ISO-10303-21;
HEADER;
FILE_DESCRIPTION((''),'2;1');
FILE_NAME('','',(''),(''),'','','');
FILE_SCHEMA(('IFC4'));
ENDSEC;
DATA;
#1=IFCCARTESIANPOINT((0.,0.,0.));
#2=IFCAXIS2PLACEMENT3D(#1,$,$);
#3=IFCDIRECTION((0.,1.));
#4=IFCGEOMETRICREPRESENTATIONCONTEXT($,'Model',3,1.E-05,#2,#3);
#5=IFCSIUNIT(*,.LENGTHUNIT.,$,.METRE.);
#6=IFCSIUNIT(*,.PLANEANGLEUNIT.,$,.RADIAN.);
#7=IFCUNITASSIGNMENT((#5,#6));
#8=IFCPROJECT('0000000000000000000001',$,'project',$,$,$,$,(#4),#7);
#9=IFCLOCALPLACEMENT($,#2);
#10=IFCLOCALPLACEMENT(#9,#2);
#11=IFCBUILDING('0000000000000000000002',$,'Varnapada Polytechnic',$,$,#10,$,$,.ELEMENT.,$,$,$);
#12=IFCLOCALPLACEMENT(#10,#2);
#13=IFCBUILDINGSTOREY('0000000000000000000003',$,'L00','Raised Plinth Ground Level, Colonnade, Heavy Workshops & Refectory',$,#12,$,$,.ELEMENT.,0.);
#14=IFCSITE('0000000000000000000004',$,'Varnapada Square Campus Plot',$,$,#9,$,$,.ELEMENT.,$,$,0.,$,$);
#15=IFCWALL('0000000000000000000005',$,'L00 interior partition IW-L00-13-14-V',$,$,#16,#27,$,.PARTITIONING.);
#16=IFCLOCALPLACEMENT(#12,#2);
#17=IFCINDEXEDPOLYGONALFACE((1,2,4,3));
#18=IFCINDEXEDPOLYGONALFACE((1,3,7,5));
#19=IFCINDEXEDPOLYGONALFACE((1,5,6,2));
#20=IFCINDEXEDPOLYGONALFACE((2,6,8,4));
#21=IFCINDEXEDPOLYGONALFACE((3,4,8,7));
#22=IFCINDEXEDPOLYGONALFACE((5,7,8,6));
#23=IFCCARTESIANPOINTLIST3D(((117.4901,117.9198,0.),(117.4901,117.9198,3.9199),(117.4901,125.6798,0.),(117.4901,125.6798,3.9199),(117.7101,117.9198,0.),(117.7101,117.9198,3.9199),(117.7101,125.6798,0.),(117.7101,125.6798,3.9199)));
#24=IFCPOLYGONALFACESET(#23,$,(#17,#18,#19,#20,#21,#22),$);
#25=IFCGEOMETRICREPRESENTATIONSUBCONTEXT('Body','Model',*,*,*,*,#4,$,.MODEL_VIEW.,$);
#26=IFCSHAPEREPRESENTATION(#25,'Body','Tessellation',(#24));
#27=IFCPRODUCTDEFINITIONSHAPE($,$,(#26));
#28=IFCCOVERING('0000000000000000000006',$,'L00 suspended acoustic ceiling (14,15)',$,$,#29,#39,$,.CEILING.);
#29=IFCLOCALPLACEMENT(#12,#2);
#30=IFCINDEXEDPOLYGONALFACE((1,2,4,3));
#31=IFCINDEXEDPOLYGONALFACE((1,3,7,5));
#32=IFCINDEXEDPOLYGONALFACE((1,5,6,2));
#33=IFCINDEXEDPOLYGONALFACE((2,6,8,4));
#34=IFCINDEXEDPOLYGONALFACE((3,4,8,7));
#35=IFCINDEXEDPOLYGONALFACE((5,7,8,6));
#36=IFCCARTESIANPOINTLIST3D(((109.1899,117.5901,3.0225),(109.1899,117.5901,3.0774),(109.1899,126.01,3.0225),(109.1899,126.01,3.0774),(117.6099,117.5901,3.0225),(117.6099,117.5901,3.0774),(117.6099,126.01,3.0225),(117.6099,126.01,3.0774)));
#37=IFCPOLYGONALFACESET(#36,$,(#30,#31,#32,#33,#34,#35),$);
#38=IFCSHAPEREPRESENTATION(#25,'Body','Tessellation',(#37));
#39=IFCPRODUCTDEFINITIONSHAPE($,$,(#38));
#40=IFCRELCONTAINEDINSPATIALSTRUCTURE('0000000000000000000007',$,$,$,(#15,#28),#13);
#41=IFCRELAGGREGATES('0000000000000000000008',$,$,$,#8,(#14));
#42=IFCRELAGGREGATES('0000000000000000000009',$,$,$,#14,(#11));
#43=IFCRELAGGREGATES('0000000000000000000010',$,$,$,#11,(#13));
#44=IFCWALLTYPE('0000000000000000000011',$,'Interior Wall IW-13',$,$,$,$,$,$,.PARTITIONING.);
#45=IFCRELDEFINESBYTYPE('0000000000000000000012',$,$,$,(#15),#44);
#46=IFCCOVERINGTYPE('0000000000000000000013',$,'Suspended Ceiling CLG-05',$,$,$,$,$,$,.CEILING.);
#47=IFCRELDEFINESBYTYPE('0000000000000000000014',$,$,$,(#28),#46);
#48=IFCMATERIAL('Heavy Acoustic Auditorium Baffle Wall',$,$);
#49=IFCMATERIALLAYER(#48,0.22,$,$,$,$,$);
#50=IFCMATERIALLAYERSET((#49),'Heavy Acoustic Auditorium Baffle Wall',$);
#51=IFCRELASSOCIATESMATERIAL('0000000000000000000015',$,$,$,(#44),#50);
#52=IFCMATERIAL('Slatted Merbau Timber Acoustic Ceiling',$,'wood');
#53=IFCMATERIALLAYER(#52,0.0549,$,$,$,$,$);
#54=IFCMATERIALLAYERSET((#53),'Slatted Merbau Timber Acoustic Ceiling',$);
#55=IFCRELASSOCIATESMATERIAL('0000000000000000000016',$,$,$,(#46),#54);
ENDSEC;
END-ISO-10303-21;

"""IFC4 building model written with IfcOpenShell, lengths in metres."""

from ifc_helpers import new_model, si_unit, direction, frame, frame_2d, origin, origin_2d, place, context, subcontext, project, spatial, rectangle, extrude, material, layer, layer_set, type_object, element, save


model = new_model("IFC4")

# Units and contexts
model_context = context("Model", 3, precision=1e-05, world=origin(), true_north=direction((0.0, 1.0)))
body_context = subcontext(model_context, "Body", "Model", "MODEL_VIEW")
ifc_project = project(units=[si_unit("LENGTHUNIT", "METRE"), si_unit("PLANEANGLEUNIT", "RADIAN")], contexts=[model_context])

# Site, building, storey
site_placement = place(None, origin())
site = spatial("IfcSite", under=ifc_project, at=site_placement, Name="Varnapada Square Campus Plot", CompositionType="ELEMENT", RefElevation=0.0)
building_placement = place(site_placement, origin())
building = spatial("IfcBuilding", under=site, at=building_placement, Name="Varnapada Polytechnic", CompositionType="ELEMENT")
storey_placement = place(building_placement, origin())
storey = spatial("IfcBuildingStorey", under=building, at=storey_placement, Name="L00", Description="Raised Plinth Ground Level, Colonnade, Heavy Workshops & Refectory", CompositionType="ELEMENT", Elevation=0.0)

# Wall
ifc_material_1 = material(Name="Heavy Acoustic Auditorium Baffle Wall")
ifc_layer_1 = layer(ifc_material_1, 0.22)
ifc_layer_set_1 = layer_set([ifc_layer_1], Name="Heavy Acoustic Auditorium Baffle Wall")
wall_type_1 = type_object("IfcWallType", Name="Interior Wall IW-13", PredefinedType="PARTITIONING", material=ifc_layer_set_1)
wall_1_placement = place(storey_placement, frame((117.6001, 117.9199, 0.0), z_axis=(0.0, 0.0, 1.0), x_axis=(0.0, 1.0, 0.0)))
element("IfcWall", 1, at=wall_1_placement, inside=storey, type_object=wall_type_1, Name="L00 interior partition IW-L00-13-14-V", PredefinedType="PARTITIONING", context=body_context, shape_type="SweptSolid", body=[
    extrude(rectangle(XDim=7.76, YDim=0.22, at=frame_2d((3.8799, 0.0))), origin(), (0.0, 0.0, 1.0), 3.9199),
])

# Covering
ifc_material_2 = material(Name="Slatted Merbau Timber Acoustic Ceiling", Category="wood")
ifc_layer_2 = layer(ifc_material_2, 0.0549)
ifc_layer_set_2 = layer_set([ifc_layer_2], Name="Slatted Merbau Timber Acoustic Ceiling")
covering_type = type_object("IfcCoveringType", Name="Suspended Ceiling CLG-05", PredefinedType="CEILING", material=ifc_layer_set_2)
covering_placement = place(storey_placement, frame((113.3999, 121.8, 3.0225), z_axis=(0.0, 0.0, 1.0), x_axis=(1.0, 0.0, 0.0)))
element("IfcCovering", 2, at=covering_placement, inside=storey, type_object=covering_type, Name="L00 suspended acoustic ceiling (14,15)", PredefinedType="CEILING", context=body_context, shape_type="SweptSolid", body=[
    extrude(rectangle(XDim=8.4199, YDim=8.4199, at=origin_2d()), origin(), (0.0, 0.0, 1.0), 0.0549),
])

save(model, "model.ifc")
